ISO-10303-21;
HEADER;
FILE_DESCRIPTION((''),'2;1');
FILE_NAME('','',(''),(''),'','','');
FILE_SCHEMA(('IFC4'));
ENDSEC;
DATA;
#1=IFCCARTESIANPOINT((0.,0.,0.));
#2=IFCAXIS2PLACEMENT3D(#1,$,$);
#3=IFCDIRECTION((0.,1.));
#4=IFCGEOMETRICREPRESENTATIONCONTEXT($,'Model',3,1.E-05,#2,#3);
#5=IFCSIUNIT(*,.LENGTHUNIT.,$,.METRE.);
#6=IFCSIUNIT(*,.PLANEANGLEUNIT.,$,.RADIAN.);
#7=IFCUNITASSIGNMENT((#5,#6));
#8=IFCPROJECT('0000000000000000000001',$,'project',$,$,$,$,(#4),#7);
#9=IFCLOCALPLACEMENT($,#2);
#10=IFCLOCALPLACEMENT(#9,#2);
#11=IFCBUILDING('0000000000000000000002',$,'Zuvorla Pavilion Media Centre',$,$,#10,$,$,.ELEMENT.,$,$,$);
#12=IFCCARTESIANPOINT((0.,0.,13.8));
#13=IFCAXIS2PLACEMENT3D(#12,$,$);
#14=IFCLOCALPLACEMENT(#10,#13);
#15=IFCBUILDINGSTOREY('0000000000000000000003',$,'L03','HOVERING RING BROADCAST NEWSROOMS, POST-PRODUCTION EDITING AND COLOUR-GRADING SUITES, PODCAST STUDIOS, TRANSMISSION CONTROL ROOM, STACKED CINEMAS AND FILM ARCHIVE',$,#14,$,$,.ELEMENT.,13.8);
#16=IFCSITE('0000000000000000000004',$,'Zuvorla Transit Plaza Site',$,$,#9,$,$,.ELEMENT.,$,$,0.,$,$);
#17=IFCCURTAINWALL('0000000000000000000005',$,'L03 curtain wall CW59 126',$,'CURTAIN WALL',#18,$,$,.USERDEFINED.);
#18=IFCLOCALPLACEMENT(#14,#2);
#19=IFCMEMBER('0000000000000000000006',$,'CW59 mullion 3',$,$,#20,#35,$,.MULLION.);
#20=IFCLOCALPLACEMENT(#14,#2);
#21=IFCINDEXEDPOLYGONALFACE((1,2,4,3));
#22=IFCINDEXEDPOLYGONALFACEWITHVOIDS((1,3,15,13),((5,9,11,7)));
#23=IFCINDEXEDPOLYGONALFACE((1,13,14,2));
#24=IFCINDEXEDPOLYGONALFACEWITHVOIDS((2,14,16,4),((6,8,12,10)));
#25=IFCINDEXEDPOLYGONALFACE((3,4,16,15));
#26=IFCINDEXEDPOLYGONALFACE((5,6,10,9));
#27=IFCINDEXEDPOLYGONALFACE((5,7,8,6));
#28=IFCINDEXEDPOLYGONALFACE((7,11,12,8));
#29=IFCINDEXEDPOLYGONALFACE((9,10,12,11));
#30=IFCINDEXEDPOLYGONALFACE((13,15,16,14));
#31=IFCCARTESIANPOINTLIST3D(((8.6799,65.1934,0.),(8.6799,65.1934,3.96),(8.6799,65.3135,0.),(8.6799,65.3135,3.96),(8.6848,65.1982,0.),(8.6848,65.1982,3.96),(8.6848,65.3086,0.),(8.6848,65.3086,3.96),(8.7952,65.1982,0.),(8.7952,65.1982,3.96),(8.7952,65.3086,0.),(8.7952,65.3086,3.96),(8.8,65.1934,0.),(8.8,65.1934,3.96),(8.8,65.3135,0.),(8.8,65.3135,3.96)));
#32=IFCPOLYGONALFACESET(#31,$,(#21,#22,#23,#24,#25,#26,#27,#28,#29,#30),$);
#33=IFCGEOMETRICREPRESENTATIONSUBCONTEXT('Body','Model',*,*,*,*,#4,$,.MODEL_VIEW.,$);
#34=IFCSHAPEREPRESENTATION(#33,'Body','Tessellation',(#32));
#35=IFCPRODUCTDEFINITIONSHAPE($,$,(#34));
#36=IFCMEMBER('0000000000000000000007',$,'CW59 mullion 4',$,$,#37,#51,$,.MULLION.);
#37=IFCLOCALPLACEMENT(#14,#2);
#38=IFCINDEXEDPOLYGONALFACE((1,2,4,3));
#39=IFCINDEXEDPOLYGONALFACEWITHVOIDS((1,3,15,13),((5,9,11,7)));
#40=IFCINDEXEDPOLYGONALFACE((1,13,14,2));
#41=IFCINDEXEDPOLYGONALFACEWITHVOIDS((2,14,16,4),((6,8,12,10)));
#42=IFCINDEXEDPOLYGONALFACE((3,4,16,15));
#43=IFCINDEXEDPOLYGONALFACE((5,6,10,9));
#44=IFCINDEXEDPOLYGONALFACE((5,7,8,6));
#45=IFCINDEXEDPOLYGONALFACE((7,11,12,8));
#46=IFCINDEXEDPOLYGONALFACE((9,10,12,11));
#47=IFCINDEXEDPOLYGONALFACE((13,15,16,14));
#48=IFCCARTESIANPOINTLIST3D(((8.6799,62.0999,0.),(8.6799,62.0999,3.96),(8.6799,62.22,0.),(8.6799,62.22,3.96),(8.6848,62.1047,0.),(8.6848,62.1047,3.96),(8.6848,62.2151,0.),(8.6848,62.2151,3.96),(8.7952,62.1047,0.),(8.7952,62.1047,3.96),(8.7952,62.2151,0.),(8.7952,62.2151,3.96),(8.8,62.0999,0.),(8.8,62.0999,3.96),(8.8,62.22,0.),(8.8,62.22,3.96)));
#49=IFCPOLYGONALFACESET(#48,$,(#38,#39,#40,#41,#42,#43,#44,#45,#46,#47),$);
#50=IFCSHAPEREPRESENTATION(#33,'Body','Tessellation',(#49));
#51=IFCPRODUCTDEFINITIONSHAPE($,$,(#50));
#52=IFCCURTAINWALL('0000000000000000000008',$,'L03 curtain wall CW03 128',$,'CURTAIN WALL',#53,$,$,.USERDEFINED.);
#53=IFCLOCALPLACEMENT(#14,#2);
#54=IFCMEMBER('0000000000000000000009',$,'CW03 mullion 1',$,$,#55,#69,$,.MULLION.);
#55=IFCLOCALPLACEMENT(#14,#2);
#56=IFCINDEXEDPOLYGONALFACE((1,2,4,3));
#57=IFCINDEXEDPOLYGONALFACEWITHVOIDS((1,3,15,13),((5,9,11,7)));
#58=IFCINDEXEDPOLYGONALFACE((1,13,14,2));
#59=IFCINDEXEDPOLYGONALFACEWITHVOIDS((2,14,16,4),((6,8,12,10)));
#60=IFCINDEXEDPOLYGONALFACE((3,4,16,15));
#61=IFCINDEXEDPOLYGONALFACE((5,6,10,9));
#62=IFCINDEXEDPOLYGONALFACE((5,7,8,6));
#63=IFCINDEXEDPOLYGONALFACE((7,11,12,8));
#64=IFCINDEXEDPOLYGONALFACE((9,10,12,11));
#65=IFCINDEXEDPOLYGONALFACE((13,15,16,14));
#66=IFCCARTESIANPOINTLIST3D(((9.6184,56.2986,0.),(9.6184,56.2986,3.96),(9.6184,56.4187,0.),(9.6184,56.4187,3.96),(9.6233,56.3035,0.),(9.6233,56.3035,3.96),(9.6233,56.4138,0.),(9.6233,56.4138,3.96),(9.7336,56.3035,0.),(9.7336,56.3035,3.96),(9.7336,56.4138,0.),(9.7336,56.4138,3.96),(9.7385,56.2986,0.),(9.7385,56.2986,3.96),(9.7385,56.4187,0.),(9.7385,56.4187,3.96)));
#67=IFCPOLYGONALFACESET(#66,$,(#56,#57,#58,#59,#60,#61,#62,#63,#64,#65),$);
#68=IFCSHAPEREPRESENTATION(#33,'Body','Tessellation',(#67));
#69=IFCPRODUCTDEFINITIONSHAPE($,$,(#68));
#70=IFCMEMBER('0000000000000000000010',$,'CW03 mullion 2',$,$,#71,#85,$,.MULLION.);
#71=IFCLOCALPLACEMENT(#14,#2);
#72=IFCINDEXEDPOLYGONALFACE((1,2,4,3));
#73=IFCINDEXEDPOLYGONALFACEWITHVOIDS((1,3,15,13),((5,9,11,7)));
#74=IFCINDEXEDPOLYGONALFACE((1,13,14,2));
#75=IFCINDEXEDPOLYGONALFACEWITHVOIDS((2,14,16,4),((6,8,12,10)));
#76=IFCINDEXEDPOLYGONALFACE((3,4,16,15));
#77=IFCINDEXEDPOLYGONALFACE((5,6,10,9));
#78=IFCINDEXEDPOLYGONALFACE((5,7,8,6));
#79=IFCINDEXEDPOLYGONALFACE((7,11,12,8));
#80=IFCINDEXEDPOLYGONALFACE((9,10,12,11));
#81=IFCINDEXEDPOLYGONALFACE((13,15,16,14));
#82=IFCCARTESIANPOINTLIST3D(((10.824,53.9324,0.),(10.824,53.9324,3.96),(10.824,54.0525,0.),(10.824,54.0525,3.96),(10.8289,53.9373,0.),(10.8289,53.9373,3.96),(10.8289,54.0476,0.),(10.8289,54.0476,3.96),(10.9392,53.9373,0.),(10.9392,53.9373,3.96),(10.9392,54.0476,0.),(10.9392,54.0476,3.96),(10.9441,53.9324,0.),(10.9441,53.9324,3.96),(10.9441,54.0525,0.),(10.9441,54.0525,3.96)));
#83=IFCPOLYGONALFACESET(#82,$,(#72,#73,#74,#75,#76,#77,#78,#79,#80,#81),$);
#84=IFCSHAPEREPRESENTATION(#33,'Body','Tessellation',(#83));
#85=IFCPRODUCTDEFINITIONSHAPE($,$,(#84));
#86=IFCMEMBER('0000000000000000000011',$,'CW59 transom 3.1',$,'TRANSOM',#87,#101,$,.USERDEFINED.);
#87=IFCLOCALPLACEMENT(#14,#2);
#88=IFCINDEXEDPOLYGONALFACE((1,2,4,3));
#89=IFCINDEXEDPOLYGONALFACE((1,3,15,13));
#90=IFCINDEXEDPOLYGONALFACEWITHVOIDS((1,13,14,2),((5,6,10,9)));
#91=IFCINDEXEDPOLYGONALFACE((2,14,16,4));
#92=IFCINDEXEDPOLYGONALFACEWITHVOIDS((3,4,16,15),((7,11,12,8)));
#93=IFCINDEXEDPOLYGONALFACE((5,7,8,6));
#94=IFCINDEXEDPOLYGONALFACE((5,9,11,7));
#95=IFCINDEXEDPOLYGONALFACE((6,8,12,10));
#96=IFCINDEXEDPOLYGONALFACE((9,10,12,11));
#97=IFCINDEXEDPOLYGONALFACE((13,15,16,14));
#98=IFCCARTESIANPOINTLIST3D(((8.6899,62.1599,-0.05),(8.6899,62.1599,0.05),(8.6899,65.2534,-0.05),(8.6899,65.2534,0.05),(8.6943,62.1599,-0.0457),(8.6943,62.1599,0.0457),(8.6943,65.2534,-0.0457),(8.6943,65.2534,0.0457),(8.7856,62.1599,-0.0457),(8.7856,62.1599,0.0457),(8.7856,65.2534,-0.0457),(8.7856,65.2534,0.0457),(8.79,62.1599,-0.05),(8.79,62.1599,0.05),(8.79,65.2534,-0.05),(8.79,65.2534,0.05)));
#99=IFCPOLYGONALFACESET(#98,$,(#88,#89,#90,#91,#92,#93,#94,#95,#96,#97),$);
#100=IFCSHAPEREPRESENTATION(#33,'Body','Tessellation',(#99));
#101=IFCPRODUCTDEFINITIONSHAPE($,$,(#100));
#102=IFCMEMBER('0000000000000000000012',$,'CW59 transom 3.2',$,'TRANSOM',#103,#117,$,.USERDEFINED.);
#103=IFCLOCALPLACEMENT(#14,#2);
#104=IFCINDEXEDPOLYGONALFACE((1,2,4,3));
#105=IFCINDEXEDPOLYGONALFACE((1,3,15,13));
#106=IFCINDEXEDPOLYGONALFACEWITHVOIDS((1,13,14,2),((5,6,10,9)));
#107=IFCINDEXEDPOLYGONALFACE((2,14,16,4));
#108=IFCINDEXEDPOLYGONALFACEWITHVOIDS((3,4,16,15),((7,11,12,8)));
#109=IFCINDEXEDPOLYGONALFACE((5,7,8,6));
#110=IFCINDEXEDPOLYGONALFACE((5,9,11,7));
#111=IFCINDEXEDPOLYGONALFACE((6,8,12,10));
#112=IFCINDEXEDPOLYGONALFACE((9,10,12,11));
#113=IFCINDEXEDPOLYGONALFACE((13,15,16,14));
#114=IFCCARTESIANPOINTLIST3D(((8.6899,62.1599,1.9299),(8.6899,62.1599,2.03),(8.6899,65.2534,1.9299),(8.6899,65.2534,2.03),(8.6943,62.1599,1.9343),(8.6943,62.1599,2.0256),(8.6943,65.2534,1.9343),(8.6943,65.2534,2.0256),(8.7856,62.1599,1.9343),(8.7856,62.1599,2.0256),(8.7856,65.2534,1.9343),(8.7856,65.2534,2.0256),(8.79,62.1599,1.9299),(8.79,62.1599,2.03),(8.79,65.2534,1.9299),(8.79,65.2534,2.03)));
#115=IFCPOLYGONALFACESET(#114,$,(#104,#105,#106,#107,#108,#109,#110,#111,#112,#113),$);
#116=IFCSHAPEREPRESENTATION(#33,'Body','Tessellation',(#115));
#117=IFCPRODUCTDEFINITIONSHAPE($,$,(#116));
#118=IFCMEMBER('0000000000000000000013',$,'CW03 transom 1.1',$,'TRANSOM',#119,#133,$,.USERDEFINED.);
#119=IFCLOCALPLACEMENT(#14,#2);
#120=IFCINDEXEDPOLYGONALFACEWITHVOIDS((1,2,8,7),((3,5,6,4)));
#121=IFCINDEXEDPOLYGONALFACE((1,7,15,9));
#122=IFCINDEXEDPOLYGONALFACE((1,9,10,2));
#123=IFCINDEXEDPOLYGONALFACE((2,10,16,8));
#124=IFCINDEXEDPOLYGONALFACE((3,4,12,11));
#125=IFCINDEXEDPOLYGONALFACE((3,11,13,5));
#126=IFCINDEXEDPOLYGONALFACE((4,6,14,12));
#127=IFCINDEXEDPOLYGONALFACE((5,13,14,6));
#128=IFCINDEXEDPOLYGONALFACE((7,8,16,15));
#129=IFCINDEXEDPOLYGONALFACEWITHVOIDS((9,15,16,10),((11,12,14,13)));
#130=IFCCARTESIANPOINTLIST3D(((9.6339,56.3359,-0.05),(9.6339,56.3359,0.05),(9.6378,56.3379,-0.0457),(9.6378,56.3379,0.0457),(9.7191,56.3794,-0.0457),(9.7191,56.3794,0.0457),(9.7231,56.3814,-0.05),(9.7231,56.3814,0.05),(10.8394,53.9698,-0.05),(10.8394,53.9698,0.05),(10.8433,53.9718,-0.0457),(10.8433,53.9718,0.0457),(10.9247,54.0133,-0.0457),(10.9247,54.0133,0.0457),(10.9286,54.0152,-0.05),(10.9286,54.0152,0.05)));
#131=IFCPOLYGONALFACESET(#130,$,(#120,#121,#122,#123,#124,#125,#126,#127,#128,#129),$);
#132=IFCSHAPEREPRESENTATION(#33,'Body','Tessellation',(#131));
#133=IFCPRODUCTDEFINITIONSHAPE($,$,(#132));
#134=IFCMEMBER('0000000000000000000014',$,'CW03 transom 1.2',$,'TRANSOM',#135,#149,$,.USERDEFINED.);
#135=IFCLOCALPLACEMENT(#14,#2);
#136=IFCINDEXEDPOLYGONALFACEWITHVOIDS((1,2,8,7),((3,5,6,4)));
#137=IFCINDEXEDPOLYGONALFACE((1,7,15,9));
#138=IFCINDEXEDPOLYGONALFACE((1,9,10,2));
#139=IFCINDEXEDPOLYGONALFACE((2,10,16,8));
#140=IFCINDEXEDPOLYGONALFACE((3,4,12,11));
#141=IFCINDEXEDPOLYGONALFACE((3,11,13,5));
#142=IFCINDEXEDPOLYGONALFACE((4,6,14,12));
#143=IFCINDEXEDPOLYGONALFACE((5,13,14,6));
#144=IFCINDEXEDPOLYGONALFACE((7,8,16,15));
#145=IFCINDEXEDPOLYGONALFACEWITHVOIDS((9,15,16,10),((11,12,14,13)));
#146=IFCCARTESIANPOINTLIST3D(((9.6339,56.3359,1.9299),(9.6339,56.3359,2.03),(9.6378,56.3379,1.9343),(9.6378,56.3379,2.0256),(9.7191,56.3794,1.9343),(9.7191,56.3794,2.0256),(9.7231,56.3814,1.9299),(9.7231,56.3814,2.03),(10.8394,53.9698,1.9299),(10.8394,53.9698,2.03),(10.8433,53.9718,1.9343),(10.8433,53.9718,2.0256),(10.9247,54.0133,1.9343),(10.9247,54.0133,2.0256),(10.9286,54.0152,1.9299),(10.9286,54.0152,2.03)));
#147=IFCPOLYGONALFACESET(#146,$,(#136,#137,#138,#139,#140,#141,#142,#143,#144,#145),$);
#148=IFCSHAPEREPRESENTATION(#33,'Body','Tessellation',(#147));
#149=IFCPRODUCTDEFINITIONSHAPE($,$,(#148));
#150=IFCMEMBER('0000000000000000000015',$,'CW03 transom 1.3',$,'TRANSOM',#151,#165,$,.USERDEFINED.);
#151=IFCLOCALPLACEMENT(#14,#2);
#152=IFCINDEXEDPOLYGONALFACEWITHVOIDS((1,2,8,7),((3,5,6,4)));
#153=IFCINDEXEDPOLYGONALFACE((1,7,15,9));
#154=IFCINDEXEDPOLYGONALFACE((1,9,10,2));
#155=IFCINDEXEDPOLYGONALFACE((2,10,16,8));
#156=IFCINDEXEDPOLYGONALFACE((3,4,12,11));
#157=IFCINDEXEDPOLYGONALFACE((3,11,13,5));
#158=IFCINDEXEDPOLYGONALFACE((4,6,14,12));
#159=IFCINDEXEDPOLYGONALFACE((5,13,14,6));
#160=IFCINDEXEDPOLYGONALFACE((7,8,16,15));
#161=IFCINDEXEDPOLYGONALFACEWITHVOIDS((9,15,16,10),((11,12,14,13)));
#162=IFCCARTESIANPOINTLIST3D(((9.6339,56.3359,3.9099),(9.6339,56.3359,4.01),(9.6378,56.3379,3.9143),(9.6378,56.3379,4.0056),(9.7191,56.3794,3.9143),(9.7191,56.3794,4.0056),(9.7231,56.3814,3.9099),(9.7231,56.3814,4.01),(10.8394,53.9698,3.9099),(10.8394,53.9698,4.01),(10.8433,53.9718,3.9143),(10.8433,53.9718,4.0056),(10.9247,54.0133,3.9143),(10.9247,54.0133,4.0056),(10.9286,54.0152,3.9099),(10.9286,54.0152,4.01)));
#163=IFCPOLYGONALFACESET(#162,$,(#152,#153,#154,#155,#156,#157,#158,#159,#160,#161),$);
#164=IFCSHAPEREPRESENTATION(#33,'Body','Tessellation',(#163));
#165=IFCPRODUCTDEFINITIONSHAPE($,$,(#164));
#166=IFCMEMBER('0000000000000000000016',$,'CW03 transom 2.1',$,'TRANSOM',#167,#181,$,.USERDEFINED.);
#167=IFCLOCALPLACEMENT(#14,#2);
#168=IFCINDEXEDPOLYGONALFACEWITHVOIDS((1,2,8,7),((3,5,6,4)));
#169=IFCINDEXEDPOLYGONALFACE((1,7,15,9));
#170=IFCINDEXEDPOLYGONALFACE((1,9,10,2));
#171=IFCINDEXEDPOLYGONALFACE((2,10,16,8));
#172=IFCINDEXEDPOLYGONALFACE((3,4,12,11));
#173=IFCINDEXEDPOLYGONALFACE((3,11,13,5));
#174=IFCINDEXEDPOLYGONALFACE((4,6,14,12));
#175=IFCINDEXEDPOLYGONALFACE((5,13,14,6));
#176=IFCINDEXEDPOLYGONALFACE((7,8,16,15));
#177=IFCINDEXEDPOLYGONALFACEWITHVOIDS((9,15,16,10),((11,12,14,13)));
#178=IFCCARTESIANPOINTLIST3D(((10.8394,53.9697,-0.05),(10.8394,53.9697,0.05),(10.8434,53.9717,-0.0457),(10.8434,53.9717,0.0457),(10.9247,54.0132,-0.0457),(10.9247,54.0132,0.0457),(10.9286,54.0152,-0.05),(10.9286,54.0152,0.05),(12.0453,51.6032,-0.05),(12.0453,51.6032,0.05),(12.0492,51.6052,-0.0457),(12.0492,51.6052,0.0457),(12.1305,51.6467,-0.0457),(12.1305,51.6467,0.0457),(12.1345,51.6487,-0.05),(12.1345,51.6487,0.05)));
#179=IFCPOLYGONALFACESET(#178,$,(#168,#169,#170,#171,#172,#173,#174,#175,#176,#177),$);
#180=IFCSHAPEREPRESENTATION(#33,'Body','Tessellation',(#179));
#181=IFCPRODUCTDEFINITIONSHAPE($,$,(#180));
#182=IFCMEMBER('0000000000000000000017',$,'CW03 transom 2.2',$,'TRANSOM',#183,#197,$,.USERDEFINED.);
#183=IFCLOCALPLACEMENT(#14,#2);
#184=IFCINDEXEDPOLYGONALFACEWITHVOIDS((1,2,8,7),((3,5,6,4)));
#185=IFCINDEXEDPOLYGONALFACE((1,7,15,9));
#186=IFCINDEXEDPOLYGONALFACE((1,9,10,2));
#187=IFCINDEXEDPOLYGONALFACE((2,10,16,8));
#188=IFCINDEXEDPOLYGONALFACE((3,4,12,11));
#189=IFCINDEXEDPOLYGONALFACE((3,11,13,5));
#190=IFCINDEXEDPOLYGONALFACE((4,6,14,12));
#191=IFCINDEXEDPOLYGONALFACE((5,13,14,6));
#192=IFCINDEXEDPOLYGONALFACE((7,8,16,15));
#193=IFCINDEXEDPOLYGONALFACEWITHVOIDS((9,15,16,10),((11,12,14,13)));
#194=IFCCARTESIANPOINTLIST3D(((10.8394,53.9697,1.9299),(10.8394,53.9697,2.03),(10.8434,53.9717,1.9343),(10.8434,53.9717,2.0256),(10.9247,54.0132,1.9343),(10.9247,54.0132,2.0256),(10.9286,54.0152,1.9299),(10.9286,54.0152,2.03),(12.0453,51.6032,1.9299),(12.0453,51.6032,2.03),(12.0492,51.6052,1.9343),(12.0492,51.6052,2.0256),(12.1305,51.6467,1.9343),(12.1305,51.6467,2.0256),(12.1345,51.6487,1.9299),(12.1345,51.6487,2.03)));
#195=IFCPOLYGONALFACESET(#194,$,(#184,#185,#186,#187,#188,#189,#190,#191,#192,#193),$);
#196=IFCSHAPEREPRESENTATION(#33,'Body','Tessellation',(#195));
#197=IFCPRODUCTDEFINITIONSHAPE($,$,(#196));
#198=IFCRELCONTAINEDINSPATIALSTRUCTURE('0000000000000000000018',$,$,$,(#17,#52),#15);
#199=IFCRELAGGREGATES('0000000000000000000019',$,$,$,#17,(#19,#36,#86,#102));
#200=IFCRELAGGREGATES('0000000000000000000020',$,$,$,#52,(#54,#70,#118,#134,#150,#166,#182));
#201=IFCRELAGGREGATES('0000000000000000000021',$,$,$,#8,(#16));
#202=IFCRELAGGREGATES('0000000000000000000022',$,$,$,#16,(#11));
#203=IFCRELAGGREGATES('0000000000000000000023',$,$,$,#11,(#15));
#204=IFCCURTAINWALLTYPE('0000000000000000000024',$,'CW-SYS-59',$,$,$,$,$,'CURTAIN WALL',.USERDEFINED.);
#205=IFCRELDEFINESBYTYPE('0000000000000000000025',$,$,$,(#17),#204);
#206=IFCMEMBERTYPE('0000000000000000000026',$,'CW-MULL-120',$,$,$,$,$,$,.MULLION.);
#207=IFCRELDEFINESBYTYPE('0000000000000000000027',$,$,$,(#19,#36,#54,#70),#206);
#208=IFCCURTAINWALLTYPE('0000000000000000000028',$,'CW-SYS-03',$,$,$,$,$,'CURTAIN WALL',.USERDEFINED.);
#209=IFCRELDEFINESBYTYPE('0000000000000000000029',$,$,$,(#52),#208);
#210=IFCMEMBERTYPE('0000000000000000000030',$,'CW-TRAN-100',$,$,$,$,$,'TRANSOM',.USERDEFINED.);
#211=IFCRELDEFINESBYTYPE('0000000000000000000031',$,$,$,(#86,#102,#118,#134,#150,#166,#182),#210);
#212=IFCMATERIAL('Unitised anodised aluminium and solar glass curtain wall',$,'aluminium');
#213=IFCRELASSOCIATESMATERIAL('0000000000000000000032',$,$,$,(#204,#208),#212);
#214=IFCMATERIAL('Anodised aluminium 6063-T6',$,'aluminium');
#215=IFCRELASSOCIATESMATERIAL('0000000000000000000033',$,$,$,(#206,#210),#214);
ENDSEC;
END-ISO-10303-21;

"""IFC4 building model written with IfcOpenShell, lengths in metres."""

from ifc_helpers import new_model, si_unit, direction, frame, origin, origin_2d, place, context, subcontext, project, spatial, hollow_rectangle, extrude, material, material_profile, profile_set, type_object, element, aggregate, save


model = new_model("IFC4")

# Units and contexts
model_context = context("Model", 3, precision=1e-05, world=origin(), true_north=direction((0.0, 1.0)))
body_context = subcontext(model_context, "Body", "Model", "MODEL_VIEW")
ifc_project = project(units=[si_unit("LENGTHUNIT", "METRE"), si_unit("PLANEANGLEUNIT", "RADIAN")], contexts=[model_context])

# Site, building, storey
site_placement = place(None, origin())
site = spatial("IfcSite", under=ifc_project, at=site_placement, Name="Zuvorla Transit Plaza Site", CompositionType="ELEMENT", RefElevation=0.0)
building_placement = place(site_placement, origin())
building = spatial("IfcBuilding", under=site, at=building_placement, Name="Zuvorla Pavilion Media Centre", CompositionType="ELEMENT")
storey_placement = place(building_placement, frame((0.0, 0.0, 13.8)))
storey = spatial("IfcBuildingStorey", under=building, at=storey_placement, Name="L03", Description="HOVERING RING BROADCAST NEWSROOMS, POST-PRODUCTION EDITING AND COLOUR-GRADING SUITES, PODCAST STUDIOS, TRANSMISSION CONTROL ROOM, STACKED CINEMAS AND FILM ARCHIVE", CompositionType="ELEMENT", Elevation=13.8)

# Curtain walls, members
ifc_material_1 = material(Name="Unitised anodised aluminium and solar glass curtain wall", Category="aluminium")
ifc_material_2 = material(Name="Anodised aluminium 6063-T6", Category="aluminium")
curtain_wall_type_1 = type_object("IfcCurtainWallType", Name="CW-SYS-59", ElementType="CURTAIN WALL", PredefinedType="USERDEFINED", material=ifc_material_1)
curtain_wall_1_placement = place(storey_placement, origin())
curtain_wall_1 = element("IfcCurtainWall", 1, at=curtain_wall_1_placement, inside=storey, type_object=curtain_wall_type_1, Name="L03 curtain wall CW59 126", ObjectType="CURTAIN WALL", PredefinedType="USERDEFINED")
ifc_material_profile_1 = material_profile(ifc_material_2, hollow_rectangle(XDim=0.1201, YDim=0.1201, WallThickness=0.0049, at=origin_2d()), Name="ALU MULL 120x120")
ifc_profile_set_1 = profile_set([ifc_material_profile_1], Name="Anodised aluminium 6063-T6")
member_type_1 = type_object("IfcMemberType", Name="CW-MULL-120", PredefinedType="MULLION", material=ifc_profile_set_1)
member_1_placement = place(storey_placement, frame((8.74, 65.2534, 0.0), z_axis=(0.0, 0.0, 1.0), x_axis=(1.0, 0.0, 0.0)))
member_1 = element("IfcMember", 2, at=member_1_placement, type_object=member_type_1, Name="CW59 mullion 3", PredefinedType="MULLION", context=body_context, shape_type="SweptSolid", body=[
    extrude(hollow_rectangle(XDim=0.1201, YDim=0.1201, WallThickness=0.0049, at=origin_2d()), origin(), (0.0, 0.0, 1.0), 3.96),
])
member_2_placement = place(storey_placement, frame((8.74, 62.1599, 0.0), z_axis=(0.0, 0.0, 1.0), x_axis=(1.0, 0.0, 0.0)))
member_2 = element("IfcMember", 3, at=member_2_placement, type_object=member_type_1, Name="CW59 mullion 4", PredefinedType="MULLION", context=body_context, shape_type="SweptSolid", body=[
    extrude(hollow_rectangle(XDim=0.1201, YDim=0.1201, WallThickness=0.0049, at=origin_2d()), origin(), (0.0, 0.0, 1.0), 3.96),
])
curtain_wall_type_2 = type_object("IfcCurtainWallType", Name="CW-SYS-03", ElementType="CURTAIN WALL", PredefinedType="USERDEFINED", material=ifc_material_1)
curtain_wall_2_placement = place(storey_placement, origin())
curtain_wall_2 = element("IfcCurtainWall", 4, at=curtain_wall_2_placement, inside=storey, type_object=curtain_wall_type_2, Name="L03 curtain wall CW03 128", ObjectType="CURTAIN WALL", PredefinedType="USERDEFINED")
member_3_placement = place(storey_placement, frame((9.6785, 56.3586, 0.0), z_axis=(0.0, 0.0, 1.0), x_axis=(1.0, 0.0, 0.0)))
member_3 = element("IfcMember", 5, at=member_3_placement, type_object=member_type_1, Name="CW03 mullion 1", PredefinedType="MULLION", context=body_context, shape_type="SweptSolid", body=[
    extrude(hollow_rectangle(XDim=0.1201, YDim=0.1201, WallThickness=0.0049, at=origin_2d()), origin(), (0.0, 0.0, 1.0), 3.96),
])
member_4_placement = place(storey_placement, frame((10.884, 53.9924, 0.0), z_axis=(0.0, 0.0, 1.0), x_axis=(1.0, 0.0, 0.0)))
member_4 = element("IfcMember", 6, at=member_4_placement, type_object=member_type_1, Name="CW03 mullion 2", PredefinedType="MULLION", context=body_context, shape_type="SweptSolid", body=[
    extrude(hollow_rectangle(XDim=0.1201, YDim=0.1201, WallThickness=0.0049, at=origin_2d()), origin(), (0.0, 0.0, 1.0), 3.96),
])

# Members
ifc_material_profile_2 = material_profile(ifc_material_2, hollow_rectangle(XDim=0.1001, YDim=0.1001, WallThickness=0.0044, at=origin_2d()), Name="ALU TRAN 100x100")
ifc_profile_set_2 = profile_set([ifc_material_profile_2], Name="Anodised aluminium 6063-T6")
member_type_2 = type_object("IfcMemberType", Name="CW-TRAN-100", ElementType="TRANSOM", PredefinedType="USERDEFINED", material=ifc_profile_set_2)
member_5_placement = place(storey_placement, frame((8.74, 65.2534, 0.0), z_axis=(0.0, -1.0, 0.0), x_axis=(1.0, 0.0, 0.0)))
member_5 = element("IfcMember", 7, at=member_5_placement, type_object=member_type_2, Name="CW59 transom 3.1", ObjectType="TRANSOM", PredefinedType="USERDEFINED", context=body_context, shape_type="SweptSolid", body=[
    extrude(hollow_rectangle(XDim=0.1001, YDim=0.1001, WallThickness=0.0044, at=origin_2d()), origin(), (0.0, 0.0, 1.0), 3.0935),
])
member_6_placement = place(storey_placement, frame((8.74, 65.2534, 1.98), z_axis=(0.0, -1.0, 0.0), x_axis=(1.0, 0.0, 0.0)))
member_6 = element("IfcMember", 8, at=member_6_placement, type_object=member_type_2, Name="CW59 transom 3.2", ObjectType="TRANSOM", PredefinedType="USERDEFINED", context=body_context, shape_type="SweptSolid", body=[
    extrude(hollow_rectangle(XDim=0.1001, YDim=0.1001, WallThickness=0.0044, at=origin_2d()), origin(), (0.0, 0.0, 1.0), 3.0935),
])
member_7_placement = place(storey_placement, frame((9.6785, 56.3586, 0.0), z_axis=(0.453967, -0.891018, 0.0), x_axis=(0.891018, 0.453967, 0.0)))
member_7 = element("IfcMember", 9, at=member_7_placement, type_object=member_type_2, Name="CW03 transom 1.1", ObjectType="TRANSOM", PredefinedType="USERDEFINED", context=body_context, shape_type="SweptSolid", body=[
    extrude(hollow_rectangle(XDim=0.1001, YDim=0.1001, WallThickness=0.0044, at=origin_2d()), origin(), (0.0, 0.0, 1.0), 2.6555),
])
member_8_placement = place(storey_placement, frame((9.6785, 56.3586, 1.98), z_axis=(0.453967, -0.891018, 0.0), x_axis=(0.891018, 0.453967, 0.0)))
member_8 = element("IfcMember", 10, at=member_8_placement, type_object=member_type_2, Name="CW03 transom 1.2", ObjectType="TRANSOM", PredefinedType="USERDEFINED", context=body_context, shape_type="SweptSolid", body=[
    extrude(hollow_rectangle(XDim=0.1001, YDim=0.1001, WallThickness=0.0044, at=origin_2d()), origin(), (0.0, 0.0, 1.0), 2.6555),
])
member_9_placement = place(storey_placement, frame((9.6785, 56.3586, 3.96), z_axis=(0.453967, -0.891018, 0.0), x_axis=(0.891018, 0.453967, 0.0)))
member_9 = element("IfcMember", 11, at=member_9_placement, type_object=member_type_2, Name="CW03 transom 1.3", ObjectType="TRANSOM", PredefinedType="USERDEFINED", context=body_context, shape_type="SweptSolid", body=[
    extrude(hollow_rectangle(XDim=0.1001, YDim=0.1001, WallThickness=0.0044, at=origin_2d()), origin(), (0.0, 0.0, 1.0), 2.6555),
])
member_10_placement = place(storey_placement, frame((10.884, 53.9924, 0.0), z_axis=(0.454003, -0.891, 0.0), x_axis=(0.891, 0.454003, 0.0)))
member_10 = element("IfcMember", 12, at=member_10_placement, type_object=member_type_2, Name="CW03 transom 2.1", ObjectType="TRANSOM", PredefinedType="USERDEFINED", context=body_context, shape_type="SweptSolid", body=[
    extrude(hollow_rectangle(XDim=0.1001, YDim=0.1001, WallThickness=0.0044, at=origin_2d()), origin(), (0.0, 0.0, 1.0), 2.656),
])
member_11_placement = place(storey_placement, frame((10.884, 53.9924, 1.98), z_axis=(0.454003, -0.891, 0.0), x_axis=(0.891, 0.454003, 0.0)))
member_11 = element("IfcMember", 13, at=member_11_placement, type_object=member_type_2, Name="CW03 transom 2.2", ObjectType="TRANSOM", PredefinedType="USERDEFINED", context=body_context, shape_type="SweptSolid", body=[
    extrude(hollow_rectangle(XDim=0.1001, YDim=0.1001, WallThickness=0.0044, at=origin_2d()), origin(), (0.0, 0.0, 1.0), 2.656),
])

aggregate(curtain_wall_1, [member_1, member_2, member_5, member_6])
aggregate(curtain_wall_2, [member_3, member_4, member_7, member_8, member_9, member_10, member_11])

save(model, "model.ifc")
